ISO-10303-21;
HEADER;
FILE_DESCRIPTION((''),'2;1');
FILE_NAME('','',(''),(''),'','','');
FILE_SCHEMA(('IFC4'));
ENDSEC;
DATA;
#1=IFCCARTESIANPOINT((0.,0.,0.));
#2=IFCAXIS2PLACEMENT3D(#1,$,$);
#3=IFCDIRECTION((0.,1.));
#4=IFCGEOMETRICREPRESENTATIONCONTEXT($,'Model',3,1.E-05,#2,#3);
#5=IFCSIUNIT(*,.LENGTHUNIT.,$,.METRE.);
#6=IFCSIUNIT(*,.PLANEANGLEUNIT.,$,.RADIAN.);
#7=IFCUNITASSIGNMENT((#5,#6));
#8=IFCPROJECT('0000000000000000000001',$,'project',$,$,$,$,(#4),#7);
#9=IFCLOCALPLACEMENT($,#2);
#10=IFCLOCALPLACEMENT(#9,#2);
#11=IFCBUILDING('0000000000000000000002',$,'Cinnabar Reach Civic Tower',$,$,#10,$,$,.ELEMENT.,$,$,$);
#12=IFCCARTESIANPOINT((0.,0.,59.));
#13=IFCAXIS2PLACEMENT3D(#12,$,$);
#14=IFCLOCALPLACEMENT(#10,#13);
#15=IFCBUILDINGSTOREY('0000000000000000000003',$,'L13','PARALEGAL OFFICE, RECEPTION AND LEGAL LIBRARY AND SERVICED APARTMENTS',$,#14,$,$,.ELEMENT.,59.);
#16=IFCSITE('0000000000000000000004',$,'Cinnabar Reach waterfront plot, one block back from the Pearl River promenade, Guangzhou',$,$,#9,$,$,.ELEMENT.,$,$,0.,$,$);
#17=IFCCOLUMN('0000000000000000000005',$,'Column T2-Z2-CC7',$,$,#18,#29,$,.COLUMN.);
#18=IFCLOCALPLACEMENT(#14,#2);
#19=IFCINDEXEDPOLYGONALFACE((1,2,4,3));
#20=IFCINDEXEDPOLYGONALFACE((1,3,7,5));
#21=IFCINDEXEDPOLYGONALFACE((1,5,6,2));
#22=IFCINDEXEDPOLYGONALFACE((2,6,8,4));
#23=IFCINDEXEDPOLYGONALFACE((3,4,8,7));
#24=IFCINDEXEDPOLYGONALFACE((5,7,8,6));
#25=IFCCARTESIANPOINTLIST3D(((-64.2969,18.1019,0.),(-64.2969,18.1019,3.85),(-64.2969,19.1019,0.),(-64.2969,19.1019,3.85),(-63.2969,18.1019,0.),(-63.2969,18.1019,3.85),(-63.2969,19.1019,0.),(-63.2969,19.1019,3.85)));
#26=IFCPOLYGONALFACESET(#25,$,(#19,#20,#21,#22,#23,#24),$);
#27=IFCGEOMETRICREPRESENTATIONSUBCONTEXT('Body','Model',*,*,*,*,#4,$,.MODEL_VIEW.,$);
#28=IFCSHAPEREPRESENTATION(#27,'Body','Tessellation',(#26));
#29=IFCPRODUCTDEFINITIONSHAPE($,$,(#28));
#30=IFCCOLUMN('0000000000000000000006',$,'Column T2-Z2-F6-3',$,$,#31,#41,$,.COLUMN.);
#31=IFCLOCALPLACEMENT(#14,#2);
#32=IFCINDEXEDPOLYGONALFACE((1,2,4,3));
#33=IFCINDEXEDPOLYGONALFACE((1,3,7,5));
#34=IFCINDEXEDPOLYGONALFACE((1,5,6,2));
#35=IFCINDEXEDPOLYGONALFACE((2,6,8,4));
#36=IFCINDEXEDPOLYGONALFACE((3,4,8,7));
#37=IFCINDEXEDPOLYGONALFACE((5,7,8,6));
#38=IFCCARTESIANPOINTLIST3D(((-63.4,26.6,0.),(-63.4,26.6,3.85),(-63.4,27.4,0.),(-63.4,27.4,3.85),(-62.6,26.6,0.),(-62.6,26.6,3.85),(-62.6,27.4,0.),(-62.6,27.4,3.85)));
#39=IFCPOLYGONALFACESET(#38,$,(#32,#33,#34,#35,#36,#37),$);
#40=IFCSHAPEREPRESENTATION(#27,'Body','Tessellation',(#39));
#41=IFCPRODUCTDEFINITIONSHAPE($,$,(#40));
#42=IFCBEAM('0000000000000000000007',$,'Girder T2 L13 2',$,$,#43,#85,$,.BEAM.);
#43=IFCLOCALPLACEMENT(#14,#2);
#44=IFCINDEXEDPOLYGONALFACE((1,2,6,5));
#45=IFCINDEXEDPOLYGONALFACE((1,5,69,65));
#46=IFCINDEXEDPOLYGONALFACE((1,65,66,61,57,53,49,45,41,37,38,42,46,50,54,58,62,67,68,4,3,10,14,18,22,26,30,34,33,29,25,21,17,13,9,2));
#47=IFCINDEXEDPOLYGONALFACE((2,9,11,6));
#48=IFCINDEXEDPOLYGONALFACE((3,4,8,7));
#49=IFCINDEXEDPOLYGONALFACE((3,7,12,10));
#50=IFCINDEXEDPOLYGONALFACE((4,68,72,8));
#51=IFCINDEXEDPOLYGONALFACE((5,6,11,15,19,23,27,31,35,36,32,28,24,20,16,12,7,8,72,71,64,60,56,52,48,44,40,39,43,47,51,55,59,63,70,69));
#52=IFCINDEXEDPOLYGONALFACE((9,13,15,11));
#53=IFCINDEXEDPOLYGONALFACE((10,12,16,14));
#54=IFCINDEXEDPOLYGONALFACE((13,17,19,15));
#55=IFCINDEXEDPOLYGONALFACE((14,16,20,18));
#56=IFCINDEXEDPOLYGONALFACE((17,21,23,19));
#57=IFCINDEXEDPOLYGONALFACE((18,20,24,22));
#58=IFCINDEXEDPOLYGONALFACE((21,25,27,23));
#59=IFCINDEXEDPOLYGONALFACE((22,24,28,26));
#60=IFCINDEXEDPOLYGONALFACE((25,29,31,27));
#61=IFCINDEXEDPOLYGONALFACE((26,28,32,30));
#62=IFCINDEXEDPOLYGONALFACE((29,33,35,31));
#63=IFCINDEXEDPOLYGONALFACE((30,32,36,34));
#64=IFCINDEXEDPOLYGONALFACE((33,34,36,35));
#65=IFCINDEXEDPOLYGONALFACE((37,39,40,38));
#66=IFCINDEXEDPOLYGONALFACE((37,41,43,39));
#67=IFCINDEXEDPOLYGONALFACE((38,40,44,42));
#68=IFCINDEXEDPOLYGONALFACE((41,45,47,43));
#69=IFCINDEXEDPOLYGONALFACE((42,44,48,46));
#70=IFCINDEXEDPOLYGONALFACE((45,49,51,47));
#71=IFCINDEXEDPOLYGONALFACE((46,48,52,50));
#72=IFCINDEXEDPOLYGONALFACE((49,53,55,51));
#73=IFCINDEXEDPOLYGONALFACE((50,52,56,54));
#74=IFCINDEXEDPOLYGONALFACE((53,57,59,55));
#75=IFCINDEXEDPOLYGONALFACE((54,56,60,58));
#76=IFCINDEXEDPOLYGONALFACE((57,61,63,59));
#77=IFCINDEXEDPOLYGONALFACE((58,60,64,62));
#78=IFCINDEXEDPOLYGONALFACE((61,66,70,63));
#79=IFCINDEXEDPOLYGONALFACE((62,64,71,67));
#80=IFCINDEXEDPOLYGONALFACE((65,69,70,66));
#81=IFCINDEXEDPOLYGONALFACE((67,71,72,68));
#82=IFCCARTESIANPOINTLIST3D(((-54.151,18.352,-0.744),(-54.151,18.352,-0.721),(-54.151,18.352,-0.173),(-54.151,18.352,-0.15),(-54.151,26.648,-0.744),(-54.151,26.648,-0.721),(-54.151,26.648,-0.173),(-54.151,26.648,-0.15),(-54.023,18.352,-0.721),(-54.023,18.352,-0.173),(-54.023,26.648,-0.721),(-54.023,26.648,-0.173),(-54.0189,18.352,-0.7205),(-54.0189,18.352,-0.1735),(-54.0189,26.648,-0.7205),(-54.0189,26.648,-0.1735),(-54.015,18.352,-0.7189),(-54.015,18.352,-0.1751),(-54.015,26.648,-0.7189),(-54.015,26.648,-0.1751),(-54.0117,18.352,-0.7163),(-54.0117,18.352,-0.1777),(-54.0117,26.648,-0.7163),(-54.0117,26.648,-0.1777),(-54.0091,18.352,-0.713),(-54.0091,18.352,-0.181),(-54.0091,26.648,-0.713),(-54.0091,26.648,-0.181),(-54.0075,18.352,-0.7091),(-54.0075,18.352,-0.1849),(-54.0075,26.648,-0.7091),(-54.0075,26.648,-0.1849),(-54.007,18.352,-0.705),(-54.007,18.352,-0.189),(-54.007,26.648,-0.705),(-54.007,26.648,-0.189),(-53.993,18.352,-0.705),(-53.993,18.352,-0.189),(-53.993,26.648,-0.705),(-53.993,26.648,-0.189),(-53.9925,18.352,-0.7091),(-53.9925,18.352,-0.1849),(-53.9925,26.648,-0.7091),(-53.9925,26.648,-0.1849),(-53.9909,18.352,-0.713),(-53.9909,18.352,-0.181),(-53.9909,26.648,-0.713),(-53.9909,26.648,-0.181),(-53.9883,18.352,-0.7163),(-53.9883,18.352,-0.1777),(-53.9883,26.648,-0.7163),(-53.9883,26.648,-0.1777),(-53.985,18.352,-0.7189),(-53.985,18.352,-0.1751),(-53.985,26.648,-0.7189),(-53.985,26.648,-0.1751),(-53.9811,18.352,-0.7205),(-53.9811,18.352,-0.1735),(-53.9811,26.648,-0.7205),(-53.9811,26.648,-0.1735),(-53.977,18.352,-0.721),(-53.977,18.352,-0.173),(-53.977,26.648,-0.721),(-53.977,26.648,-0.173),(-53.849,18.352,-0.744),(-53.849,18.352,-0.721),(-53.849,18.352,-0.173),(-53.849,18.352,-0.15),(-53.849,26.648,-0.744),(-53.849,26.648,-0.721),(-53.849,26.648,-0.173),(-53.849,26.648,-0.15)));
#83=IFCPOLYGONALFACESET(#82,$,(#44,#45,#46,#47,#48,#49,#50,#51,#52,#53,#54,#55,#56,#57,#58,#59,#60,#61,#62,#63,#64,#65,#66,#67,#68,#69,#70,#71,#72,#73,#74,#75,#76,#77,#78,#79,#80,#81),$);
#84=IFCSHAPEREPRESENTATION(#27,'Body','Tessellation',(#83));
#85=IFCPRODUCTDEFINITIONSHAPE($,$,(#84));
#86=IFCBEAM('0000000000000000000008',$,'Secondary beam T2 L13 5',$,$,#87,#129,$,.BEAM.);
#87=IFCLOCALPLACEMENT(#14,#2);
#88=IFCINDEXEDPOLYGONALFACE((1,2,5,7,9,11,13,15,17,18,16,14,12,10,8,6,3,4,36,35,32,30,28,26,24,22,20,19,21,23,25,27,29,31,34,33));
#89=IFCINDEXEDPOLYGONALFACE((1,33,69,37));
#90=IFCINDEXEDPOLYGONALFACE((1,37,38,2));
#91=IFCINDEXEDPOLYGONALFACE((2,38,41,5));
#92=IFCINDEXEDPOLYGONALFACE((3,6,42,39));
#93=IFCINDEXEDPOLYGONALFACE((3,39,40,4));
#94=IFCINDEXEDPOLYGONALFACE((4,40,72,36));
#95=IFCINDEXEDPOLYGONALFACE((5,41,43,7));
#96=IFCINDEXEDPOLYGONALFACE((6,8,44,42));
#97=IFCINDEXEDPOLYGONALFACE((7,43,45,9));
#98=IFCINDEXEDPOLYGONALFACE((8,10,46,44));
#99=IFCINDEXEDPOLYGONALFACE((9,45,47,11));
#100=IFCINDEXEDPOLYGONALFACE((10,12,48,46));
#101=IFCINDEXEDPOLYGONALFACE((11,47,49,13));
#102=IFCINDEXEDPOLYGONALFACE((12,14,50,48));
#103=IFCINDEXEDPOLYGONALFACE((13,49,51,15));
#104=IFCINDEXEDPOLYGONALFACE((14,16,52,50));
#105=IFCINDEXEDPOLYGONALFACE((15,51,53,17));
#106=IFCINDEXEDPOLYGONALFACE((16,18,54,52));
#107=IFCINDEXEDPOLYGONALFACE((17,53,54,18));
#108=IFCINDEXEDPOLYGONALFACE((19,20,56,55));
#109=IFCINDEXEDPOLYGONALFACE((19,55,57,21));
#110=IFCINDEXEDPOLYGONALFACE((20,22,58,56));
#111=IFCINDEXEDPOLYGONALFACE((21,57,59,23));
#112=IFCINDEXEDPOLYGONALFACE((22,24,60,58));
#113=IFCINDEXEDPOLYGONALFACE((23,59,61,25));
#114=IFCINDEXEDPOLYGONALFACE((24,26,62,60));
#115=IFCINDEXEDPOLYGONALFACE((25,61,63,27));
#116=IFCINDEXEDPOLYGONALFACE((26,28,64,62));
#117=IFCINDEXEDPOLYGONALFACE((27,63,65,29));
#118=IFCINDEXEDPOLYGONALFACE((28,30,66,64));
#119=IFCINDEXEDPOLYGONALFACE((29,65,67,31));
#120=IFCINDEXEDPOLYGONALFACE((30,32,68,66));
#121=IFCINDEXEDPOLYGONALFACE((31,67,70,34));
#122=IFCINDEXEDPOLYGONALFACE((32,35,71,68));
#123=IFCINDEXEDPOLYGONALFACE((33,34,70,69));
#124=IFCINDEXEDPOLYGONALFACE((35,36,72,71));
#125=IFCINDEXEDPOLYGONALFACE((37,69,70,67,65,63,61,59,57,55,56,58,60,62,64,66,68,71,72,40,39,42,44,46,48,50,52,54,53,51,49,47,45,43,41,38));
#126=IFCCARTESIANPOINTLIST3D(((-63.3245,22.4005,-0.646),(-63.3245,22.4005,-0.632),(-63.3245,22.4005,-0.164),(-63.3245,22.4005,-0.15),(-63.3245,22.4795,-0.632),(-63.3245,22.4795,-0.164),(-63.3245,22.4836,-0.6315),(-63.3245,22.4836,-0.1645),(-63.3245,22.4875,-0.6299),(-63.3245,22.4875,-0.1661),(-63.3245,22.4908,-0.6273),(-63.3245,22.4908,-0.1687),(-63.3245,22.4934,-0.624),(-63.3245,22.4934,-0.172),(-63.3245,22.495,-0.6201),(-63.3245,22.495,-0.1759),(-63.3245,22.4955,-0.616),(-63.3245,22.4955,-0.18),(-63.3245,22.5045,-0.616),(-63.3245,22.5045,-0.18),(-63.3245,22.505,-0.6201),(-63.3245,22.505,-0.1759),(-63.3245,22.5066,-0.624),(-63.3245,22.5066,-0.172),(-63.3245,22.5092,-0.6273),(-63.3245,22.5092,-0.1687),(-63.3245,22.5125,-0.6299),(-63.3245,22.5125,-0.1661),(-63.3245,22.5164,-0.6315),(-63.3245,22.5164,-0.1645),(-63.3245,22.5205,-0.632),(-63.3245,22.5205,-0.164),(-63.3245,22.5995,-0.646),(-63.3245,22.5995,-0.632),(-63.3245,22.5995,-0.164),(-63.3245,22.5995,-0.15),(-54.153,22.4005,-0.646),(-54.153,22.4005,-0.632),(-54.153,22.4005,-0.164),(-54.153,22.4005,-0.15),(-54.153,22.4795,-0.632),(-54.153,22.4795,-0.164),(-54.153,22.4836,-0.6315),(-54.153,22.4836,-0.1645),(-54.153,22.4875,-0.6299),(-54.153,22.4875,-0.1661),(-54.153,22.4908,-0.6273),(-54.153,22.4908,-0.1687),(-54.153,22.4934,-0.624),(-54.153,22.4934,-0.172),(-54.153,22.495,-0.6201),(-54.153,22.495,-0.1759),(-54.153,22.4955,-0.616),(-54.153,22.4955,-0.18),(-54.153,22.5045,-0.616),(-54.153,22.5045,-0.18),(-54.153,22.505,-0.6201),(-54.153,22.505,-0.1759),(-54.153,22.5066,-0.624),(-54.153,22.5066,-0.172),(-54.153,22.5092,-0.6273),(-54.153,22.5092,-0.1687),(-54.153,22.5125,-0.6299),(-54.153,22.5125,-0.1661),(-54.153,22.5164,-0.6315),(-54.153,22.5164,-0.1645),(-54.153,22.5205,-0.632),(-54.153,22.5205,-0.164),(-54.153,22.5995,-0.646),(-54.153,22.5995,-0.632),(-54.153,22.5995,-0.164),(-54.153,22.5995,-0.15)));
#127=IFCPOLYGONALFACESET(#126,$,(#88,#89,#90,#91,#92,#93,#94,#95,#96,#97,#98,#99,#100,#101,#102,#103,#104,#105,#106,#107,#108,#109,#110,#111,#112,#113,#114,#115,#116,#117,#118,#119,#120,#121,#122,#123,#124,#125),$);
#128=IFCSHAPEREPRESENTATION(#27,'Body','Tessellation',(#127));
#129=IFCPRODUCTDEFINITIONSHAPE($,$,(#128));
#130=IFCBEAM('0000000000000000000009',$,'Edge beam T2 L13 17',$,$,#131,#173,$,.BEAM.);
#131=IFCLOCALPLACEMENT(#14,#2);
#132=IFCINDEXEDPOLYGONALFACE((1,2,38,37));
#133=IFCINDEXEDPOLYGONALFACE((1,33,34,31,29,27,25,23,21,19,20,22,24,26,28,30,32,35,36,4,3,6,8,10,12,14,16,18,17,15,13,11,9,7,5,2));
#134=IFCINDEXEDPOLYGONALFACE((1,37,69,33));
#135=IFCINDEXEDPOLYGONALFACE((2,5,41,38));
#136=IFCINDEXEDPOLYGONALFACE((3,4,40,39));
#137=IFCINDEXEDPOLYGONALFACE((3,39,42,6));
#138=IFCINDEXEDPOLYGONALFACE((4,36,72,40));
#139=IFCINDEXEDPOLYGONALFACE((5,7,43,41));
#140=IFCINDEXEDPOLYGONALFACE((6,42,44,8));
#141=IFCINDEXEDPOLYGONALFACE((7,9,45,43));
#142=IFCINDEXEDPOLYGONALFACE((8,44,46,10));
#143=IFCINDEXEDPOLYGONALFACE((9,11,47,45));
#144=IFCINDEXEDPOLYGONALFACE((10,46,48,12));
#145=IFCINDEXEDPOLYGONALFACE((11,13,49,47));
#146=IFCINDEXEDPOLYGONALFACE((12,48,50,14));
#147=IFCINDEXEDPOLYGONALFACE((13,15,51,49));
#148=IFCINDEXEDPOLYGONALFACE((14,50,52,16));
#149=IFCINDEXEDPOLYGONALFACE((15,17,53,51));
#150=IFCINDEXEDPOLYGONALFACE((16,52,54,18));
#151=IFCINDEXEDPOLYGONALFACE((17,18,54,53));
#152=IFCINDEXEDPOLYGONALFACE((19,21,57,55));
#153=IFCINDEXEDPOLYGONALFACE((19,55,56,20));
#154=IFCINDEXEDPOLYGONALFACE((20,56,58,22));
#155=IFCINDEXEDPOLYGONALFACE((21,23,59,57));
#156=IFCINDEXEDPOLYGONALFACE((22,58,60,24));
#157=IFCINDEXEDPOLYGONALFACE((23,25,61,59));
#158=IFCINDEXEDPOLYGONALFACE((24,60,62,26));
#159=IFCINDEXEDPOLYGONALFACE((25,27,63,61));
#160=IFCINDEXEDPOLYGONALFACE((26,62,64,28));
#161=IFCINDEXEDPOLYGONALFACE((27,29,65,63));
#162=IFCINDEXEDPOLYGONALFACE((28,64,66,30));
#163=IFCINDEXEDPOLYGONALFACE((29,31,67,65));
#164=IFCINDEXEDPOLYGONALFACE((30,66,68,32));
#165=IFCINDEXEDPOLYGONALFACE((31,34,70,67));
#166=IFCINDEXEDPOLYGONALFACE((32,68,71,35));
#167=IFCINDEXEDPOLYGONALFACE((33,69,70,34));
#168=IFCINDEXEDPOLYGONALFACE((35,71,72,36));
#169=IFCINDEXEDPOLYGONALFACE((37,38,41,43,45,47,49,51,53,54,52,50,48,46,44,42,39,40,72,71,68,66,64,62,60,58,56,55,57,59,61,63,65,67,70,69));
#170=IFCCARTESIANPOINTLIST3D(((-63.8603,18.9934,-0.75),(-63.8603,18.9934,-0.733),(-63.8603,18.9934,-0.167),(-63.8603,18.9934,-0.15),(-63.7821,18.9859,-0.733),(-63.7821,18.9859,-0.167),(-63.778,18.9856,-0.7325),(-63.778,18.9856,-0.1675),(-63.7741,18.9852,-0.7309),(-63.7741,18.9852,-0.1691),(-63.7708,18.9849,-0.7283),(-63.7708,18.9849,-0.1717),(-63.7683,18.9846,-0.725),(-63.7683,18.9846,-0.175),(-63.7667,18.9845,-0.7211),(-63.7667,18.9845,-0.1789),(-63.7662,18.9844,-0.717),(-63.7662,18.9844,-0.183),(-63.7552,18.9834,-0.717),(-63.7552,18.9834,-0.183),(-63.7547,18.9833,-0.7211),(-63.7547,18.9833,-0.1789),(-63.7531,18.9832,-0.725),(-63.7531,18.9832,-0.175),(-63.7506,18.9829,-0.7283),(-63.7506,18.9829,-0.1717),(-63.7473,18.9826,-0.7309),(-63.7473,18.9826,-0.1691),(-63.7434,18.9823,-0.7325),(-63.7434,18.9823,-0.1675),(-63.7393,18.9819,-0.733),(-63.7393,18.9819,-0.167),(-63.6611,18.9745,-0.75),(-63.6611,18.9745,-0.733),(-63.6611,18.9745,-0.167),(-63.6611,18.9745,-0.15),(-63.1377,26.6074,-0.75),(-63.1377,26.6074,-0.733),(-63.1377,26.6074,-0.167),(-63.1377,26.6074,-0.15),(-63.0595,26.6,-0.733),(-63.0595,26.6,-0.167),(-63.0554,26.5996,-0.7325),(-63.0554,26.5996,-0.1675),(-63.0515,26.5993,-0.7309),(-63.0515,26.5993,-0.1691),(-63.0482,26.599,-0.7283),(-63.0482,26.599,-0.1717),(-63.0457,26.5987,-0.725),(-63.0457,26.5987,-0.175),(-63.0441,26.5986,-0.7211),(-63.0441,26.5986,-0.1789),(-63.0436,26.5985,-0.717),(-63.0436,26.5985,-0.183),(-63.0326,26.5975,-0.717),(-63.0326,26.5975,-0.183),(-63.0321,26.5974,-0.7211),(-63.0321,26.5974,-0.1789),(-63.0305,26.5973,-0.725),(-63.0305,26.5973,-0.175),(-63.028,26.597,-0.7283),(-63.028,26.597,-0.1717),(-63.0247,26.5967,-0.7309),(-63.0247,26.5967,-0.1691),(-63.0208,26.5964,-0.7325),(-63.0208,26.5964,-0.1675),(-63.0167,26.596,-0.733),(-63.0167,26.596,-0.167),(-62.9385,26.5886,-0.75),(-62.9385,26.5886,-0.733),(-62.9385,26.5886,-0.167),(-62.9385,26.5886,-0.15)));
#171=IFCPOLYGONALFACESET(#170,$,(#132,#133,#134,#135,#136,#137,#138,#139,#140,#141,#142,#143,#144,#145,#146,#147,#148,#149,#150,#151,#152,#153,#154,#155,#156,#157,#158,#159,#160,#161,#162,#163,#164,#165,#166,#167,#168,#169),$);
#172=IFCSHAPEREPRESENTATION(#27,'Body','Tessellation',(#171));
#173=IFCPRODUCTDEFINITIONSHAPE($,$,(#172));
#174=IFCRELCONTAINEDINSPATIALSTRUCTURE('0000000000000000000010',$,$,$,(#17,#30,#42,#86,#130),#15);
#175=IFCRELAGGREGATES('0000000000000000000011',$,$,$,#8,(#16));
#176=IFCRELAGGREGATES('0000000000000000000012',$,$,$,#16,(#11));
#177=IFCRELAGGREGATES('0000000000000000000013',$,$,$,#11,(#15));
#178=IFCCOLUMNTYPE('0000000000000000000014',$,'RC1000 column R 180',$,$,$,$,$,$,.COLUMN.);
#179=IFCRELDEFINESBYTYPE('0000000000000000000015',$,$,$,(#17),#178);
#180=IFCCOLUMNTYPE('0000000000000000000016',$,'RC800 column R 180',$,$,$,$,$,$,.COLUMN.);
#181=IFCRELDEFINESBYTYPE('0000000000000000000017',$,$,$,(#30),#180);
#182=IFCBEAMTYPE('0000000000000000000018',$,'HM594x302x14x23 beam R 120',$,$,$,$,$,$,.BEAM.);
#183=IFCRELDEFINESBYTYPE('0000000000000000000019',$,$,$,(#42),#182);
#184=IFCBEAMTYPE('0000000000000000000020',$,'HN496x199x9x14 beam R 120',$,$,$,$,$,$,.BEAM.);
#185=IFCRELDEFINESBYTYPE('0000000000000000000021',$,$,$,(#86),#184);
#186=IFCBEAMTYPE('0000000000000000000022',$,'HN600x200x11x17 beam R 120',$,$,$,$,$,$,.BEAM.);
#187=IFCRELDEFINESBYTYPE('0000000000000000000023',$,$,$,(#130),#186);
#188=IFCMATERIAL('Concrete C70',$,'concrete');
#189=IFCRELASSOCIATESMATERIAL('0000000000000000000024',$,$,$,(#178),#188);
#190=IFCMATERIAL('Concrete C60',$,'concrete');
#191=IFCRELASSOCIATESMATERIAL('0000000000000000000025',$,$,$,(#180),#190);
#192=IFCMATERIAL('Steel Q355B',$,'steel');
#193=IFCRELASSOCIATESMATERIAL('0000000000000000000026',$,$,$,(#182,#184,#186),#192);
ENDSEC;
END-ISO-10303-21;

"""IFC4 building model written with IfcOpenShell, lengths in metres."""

from ifc_helpers import new_model, si_unit, direction, frame, origin, origin_2d, place, context, subcontext, project, spatial, rectangle, i_section, extrude, material, material_profile, profile_set, type_object, element, save


model = new_model("IFC4")

# Units and contexts
model_context = context("Model", 3, precision=1e-05, world=origin(), true_north=direction((0.0, 1.0)))
body_context = subcontext(model_context, "Body", "Model", "MODEL_VIEW")
ifc_project = project(units=[si_unit("LENGTHUNIT", "METRE"), si_unit("PLANEANGLEUNIT", "RADIAN")], contexts=[model_context])

# Site, building, storey
site_placement = place(None, origin())
site = spatial("IfcSite", under=ifc_project, at=site_placement, Name="Cinnabar Reach waterfront plot, one block back from the Pearl River promenade, Guangzhou", CompositionType="ELEMENT", RefElevation=0.0)
building_placement = place(site_placement, origin())
building = spatial("IfcBuilding", under=site, at=building_placement, Name="Cinnabar Reach Civic Tower", CompositionType="ELEMENT")
storey_placement = place(building_placement, frame((0.0, 0.0, 59.0)))
storey = spatial("IfcBuildingStorey", under=building, at=storey_placement, Name="L13", Description="PARALEGAL OFFICE, RECEPTION AND LEGAL LIBRARY AND SERVICED APARTMENTS", CompositionType="ELEMENT", Elevation=59.0)

# Columns
ifc_material_1 = material(Name="Concrete C70", Category="concrete")
ifc_material_profile_1 = material_profile(ifc_material_1, rectangle(XDim=1.0, YDim=1.0, at=origin_2d()), Name="RC1000")
ifc_profile_set_1 = profile_set([ifc_material_profile_1], Name="Concrete C70")
column_type_1 = type_object("IfcColumnType", Name="RC1000 column R 180", PredefinedType="COLUMN", material=ifc_profile_set_1)
column_1_placement = place(storey_placement, frame((-63.7969, 18.6019, 0.0), z_axis=(0.0, 0.0, 1.0), x_axis=(1.0, 0.0, 0.0)))
element("IfcColumn", 1, at=column_1_placement, inside=storey, type_object=column_type_1, Name="Column T2-Z2-CC7", PredefinedType="COLUMN", context=body_context, shape_type="SweptSolid", body=[
    extrude(rectangle(XDim=1.0, YDim=1.0, at=origin_2d()), origin(), (0.0, 0.0, 1.0), 3.85),
])
ifc_material_2 = material(Name="Concrete C60", Category="concrete")
ifc_material_profile_2 = material_profile(ifc_material_2, rectangle(XDim=0.8, YDim=0.8, at=origin_2d()), Name="RC800")
ifc_profile_set_2 = profile_set([ifc_material_profile_2], Name="Concrete C60")
column_type_2 = type_object("IfcColumnType", Name="RC800 column R 180", PredefinedType="COLUMN", material=ifc_profile_set_2)
column_2_placement = place(storey_placement, frame((-63.0, 27.0, 0.0), z_axis=(0.0, 0.0, 1.0), x_axis=(1.0, 0.0, 0.0)))
element("IfcColumn", 2, at=column_2_placement, inside=storey, type_object=column_type_2, Name="Column T2-Z2-F6-3", PredefinedType="COLUMN", context=body_context, shape_type="SweptSolid", body=[
    extrude(rectangle(XDim=0.8, YDim=0.8, at=origin_2d()), origin(), (0.0, 0.0, 1.0), 3.85),
])

# Beams
ifc_material_3 = material(Name="Steel Q355B", Category="steel")
ifc_material_profile_3 = material_profile(ifc_material_3, i_section(OverallWidth=0.302, OverallDepth=0.594, WebThickness=0.014, FlangeThickness=0.023, FilletRadius=0.016, at=origin_2d()), Name="HM594x302x14x23")
ifc_profile_set_3 = profile_set([ifc_material_profile_3], Name="Steel Q355B")
beam_type_1 = type_object("IfcBeamType", Name="HM594x302x14x23 beam R 120", PredefinedType="BEAM", material=ifc_profile_set_3)
beam_1_placement = place(storey_placement, frame((-54.0, 18.352, -0.447), z_axis=(0.0, 1.0, 0.0), x_axis=(-1.0, 0.0, 0.0)))
element("IfcBeam", 3, at=beam_1_placement, inside=storey, type_object=beam_type_1, Name="Girder T2 L13 2", PredefinedType="BEAM", context=body_context, shape_type="SweptSolid", body=[
    extrude(i_section(OverallWidth=0.302, OverallDepth=0.594, WebThickness=0.014, FlangeThickness=0.023, FilletRadius=0.016, at=origin_2d()), origin(), (0.0, 0.0, 1.0), 8.296),
])
ifc_material_profile_4 = material_profile(ifc_material_3, i_section(OverallWidth=0.199, OverallDepth=0.496, WebThickness=0.009, FlangeThickness=0.014, FilletRadius=0.016, at=origin_2d()), Name="HN496x199x9x14")
ifc_profile_set_4 = profile_set([ifc_material_profile_4], Name="Steel Q355B")
beam_type_2 = type_object("IfcBeamType", Name="HN496x199x9x14 beam R 120", PredefinedType="BEAM", material=ifc_profile_set_4)
beam_2_placement = place(storey_placement, frame((-63.3245, 22.5, -0.398), z_axis=(1.0, 0.0, 0.0), x_axis=(0.0, 1.0, 0.0)))
element("IfcBeam", 4, at=beam_2_placement, inside=storey, type_object=beam_type_2, Name="Secondary beam T2 L13 5", PredefinedType="BEAM", context=body_context, shape_type="SweptSolid", body=[
    extrude(i_section(OverallWidth=0.199, OverallDepth=0.496, WebThickness=0.009, FlangeThickness=0.014, FilletRadius=0.016, at=origin_2d()), origin(), (0.0, 0.0, 1.0), 9.1715),
])
ifc_material_profile_5 = material_profile(ifc_material_3, i_section(OverallWidth=0.2, OverallDepth=0.6, WebThickness=0.011, FlangeThickness=0.017, FilletRadius=0.016, at=origin_2d()), Name="HN600x200x11x17")
ifc_profile_set_5 = profile_set([ifc_material_profile_5], Name="Steel Q355B")
beam_type_3 = type_object("IfcBeamType", Name="HN600x200x11x17 beam R 120", PredefinedType="BEAM", material=ifc_profile_set_5)
beam_3_placement = place(storey_placement, frame((-63.0381, 26.598, -0.45), z_axis=(-0.094478, -0.995527, 0.0), x_axis=(0.995527, -0.094478, 0.0)))
element("IfcBeam", 5, at=beam_3_placement, inside=storey, type_object=beam_type_3, Name="Edge beam T2 L13 17", PredefinedType="BEAM", context=body_context, shape_type="SweptSolid", body=[
    extrude(i_section(OverallWidth=0.2, OverallDepth=0.6, WebThickness=0.011, FlangeThickness=0.017, FilletRadius=0.016, at=origin_2d()), origin(), (0.0, 0.0, 1.0), 7.6483),
])

save(model, "model.ifc")
